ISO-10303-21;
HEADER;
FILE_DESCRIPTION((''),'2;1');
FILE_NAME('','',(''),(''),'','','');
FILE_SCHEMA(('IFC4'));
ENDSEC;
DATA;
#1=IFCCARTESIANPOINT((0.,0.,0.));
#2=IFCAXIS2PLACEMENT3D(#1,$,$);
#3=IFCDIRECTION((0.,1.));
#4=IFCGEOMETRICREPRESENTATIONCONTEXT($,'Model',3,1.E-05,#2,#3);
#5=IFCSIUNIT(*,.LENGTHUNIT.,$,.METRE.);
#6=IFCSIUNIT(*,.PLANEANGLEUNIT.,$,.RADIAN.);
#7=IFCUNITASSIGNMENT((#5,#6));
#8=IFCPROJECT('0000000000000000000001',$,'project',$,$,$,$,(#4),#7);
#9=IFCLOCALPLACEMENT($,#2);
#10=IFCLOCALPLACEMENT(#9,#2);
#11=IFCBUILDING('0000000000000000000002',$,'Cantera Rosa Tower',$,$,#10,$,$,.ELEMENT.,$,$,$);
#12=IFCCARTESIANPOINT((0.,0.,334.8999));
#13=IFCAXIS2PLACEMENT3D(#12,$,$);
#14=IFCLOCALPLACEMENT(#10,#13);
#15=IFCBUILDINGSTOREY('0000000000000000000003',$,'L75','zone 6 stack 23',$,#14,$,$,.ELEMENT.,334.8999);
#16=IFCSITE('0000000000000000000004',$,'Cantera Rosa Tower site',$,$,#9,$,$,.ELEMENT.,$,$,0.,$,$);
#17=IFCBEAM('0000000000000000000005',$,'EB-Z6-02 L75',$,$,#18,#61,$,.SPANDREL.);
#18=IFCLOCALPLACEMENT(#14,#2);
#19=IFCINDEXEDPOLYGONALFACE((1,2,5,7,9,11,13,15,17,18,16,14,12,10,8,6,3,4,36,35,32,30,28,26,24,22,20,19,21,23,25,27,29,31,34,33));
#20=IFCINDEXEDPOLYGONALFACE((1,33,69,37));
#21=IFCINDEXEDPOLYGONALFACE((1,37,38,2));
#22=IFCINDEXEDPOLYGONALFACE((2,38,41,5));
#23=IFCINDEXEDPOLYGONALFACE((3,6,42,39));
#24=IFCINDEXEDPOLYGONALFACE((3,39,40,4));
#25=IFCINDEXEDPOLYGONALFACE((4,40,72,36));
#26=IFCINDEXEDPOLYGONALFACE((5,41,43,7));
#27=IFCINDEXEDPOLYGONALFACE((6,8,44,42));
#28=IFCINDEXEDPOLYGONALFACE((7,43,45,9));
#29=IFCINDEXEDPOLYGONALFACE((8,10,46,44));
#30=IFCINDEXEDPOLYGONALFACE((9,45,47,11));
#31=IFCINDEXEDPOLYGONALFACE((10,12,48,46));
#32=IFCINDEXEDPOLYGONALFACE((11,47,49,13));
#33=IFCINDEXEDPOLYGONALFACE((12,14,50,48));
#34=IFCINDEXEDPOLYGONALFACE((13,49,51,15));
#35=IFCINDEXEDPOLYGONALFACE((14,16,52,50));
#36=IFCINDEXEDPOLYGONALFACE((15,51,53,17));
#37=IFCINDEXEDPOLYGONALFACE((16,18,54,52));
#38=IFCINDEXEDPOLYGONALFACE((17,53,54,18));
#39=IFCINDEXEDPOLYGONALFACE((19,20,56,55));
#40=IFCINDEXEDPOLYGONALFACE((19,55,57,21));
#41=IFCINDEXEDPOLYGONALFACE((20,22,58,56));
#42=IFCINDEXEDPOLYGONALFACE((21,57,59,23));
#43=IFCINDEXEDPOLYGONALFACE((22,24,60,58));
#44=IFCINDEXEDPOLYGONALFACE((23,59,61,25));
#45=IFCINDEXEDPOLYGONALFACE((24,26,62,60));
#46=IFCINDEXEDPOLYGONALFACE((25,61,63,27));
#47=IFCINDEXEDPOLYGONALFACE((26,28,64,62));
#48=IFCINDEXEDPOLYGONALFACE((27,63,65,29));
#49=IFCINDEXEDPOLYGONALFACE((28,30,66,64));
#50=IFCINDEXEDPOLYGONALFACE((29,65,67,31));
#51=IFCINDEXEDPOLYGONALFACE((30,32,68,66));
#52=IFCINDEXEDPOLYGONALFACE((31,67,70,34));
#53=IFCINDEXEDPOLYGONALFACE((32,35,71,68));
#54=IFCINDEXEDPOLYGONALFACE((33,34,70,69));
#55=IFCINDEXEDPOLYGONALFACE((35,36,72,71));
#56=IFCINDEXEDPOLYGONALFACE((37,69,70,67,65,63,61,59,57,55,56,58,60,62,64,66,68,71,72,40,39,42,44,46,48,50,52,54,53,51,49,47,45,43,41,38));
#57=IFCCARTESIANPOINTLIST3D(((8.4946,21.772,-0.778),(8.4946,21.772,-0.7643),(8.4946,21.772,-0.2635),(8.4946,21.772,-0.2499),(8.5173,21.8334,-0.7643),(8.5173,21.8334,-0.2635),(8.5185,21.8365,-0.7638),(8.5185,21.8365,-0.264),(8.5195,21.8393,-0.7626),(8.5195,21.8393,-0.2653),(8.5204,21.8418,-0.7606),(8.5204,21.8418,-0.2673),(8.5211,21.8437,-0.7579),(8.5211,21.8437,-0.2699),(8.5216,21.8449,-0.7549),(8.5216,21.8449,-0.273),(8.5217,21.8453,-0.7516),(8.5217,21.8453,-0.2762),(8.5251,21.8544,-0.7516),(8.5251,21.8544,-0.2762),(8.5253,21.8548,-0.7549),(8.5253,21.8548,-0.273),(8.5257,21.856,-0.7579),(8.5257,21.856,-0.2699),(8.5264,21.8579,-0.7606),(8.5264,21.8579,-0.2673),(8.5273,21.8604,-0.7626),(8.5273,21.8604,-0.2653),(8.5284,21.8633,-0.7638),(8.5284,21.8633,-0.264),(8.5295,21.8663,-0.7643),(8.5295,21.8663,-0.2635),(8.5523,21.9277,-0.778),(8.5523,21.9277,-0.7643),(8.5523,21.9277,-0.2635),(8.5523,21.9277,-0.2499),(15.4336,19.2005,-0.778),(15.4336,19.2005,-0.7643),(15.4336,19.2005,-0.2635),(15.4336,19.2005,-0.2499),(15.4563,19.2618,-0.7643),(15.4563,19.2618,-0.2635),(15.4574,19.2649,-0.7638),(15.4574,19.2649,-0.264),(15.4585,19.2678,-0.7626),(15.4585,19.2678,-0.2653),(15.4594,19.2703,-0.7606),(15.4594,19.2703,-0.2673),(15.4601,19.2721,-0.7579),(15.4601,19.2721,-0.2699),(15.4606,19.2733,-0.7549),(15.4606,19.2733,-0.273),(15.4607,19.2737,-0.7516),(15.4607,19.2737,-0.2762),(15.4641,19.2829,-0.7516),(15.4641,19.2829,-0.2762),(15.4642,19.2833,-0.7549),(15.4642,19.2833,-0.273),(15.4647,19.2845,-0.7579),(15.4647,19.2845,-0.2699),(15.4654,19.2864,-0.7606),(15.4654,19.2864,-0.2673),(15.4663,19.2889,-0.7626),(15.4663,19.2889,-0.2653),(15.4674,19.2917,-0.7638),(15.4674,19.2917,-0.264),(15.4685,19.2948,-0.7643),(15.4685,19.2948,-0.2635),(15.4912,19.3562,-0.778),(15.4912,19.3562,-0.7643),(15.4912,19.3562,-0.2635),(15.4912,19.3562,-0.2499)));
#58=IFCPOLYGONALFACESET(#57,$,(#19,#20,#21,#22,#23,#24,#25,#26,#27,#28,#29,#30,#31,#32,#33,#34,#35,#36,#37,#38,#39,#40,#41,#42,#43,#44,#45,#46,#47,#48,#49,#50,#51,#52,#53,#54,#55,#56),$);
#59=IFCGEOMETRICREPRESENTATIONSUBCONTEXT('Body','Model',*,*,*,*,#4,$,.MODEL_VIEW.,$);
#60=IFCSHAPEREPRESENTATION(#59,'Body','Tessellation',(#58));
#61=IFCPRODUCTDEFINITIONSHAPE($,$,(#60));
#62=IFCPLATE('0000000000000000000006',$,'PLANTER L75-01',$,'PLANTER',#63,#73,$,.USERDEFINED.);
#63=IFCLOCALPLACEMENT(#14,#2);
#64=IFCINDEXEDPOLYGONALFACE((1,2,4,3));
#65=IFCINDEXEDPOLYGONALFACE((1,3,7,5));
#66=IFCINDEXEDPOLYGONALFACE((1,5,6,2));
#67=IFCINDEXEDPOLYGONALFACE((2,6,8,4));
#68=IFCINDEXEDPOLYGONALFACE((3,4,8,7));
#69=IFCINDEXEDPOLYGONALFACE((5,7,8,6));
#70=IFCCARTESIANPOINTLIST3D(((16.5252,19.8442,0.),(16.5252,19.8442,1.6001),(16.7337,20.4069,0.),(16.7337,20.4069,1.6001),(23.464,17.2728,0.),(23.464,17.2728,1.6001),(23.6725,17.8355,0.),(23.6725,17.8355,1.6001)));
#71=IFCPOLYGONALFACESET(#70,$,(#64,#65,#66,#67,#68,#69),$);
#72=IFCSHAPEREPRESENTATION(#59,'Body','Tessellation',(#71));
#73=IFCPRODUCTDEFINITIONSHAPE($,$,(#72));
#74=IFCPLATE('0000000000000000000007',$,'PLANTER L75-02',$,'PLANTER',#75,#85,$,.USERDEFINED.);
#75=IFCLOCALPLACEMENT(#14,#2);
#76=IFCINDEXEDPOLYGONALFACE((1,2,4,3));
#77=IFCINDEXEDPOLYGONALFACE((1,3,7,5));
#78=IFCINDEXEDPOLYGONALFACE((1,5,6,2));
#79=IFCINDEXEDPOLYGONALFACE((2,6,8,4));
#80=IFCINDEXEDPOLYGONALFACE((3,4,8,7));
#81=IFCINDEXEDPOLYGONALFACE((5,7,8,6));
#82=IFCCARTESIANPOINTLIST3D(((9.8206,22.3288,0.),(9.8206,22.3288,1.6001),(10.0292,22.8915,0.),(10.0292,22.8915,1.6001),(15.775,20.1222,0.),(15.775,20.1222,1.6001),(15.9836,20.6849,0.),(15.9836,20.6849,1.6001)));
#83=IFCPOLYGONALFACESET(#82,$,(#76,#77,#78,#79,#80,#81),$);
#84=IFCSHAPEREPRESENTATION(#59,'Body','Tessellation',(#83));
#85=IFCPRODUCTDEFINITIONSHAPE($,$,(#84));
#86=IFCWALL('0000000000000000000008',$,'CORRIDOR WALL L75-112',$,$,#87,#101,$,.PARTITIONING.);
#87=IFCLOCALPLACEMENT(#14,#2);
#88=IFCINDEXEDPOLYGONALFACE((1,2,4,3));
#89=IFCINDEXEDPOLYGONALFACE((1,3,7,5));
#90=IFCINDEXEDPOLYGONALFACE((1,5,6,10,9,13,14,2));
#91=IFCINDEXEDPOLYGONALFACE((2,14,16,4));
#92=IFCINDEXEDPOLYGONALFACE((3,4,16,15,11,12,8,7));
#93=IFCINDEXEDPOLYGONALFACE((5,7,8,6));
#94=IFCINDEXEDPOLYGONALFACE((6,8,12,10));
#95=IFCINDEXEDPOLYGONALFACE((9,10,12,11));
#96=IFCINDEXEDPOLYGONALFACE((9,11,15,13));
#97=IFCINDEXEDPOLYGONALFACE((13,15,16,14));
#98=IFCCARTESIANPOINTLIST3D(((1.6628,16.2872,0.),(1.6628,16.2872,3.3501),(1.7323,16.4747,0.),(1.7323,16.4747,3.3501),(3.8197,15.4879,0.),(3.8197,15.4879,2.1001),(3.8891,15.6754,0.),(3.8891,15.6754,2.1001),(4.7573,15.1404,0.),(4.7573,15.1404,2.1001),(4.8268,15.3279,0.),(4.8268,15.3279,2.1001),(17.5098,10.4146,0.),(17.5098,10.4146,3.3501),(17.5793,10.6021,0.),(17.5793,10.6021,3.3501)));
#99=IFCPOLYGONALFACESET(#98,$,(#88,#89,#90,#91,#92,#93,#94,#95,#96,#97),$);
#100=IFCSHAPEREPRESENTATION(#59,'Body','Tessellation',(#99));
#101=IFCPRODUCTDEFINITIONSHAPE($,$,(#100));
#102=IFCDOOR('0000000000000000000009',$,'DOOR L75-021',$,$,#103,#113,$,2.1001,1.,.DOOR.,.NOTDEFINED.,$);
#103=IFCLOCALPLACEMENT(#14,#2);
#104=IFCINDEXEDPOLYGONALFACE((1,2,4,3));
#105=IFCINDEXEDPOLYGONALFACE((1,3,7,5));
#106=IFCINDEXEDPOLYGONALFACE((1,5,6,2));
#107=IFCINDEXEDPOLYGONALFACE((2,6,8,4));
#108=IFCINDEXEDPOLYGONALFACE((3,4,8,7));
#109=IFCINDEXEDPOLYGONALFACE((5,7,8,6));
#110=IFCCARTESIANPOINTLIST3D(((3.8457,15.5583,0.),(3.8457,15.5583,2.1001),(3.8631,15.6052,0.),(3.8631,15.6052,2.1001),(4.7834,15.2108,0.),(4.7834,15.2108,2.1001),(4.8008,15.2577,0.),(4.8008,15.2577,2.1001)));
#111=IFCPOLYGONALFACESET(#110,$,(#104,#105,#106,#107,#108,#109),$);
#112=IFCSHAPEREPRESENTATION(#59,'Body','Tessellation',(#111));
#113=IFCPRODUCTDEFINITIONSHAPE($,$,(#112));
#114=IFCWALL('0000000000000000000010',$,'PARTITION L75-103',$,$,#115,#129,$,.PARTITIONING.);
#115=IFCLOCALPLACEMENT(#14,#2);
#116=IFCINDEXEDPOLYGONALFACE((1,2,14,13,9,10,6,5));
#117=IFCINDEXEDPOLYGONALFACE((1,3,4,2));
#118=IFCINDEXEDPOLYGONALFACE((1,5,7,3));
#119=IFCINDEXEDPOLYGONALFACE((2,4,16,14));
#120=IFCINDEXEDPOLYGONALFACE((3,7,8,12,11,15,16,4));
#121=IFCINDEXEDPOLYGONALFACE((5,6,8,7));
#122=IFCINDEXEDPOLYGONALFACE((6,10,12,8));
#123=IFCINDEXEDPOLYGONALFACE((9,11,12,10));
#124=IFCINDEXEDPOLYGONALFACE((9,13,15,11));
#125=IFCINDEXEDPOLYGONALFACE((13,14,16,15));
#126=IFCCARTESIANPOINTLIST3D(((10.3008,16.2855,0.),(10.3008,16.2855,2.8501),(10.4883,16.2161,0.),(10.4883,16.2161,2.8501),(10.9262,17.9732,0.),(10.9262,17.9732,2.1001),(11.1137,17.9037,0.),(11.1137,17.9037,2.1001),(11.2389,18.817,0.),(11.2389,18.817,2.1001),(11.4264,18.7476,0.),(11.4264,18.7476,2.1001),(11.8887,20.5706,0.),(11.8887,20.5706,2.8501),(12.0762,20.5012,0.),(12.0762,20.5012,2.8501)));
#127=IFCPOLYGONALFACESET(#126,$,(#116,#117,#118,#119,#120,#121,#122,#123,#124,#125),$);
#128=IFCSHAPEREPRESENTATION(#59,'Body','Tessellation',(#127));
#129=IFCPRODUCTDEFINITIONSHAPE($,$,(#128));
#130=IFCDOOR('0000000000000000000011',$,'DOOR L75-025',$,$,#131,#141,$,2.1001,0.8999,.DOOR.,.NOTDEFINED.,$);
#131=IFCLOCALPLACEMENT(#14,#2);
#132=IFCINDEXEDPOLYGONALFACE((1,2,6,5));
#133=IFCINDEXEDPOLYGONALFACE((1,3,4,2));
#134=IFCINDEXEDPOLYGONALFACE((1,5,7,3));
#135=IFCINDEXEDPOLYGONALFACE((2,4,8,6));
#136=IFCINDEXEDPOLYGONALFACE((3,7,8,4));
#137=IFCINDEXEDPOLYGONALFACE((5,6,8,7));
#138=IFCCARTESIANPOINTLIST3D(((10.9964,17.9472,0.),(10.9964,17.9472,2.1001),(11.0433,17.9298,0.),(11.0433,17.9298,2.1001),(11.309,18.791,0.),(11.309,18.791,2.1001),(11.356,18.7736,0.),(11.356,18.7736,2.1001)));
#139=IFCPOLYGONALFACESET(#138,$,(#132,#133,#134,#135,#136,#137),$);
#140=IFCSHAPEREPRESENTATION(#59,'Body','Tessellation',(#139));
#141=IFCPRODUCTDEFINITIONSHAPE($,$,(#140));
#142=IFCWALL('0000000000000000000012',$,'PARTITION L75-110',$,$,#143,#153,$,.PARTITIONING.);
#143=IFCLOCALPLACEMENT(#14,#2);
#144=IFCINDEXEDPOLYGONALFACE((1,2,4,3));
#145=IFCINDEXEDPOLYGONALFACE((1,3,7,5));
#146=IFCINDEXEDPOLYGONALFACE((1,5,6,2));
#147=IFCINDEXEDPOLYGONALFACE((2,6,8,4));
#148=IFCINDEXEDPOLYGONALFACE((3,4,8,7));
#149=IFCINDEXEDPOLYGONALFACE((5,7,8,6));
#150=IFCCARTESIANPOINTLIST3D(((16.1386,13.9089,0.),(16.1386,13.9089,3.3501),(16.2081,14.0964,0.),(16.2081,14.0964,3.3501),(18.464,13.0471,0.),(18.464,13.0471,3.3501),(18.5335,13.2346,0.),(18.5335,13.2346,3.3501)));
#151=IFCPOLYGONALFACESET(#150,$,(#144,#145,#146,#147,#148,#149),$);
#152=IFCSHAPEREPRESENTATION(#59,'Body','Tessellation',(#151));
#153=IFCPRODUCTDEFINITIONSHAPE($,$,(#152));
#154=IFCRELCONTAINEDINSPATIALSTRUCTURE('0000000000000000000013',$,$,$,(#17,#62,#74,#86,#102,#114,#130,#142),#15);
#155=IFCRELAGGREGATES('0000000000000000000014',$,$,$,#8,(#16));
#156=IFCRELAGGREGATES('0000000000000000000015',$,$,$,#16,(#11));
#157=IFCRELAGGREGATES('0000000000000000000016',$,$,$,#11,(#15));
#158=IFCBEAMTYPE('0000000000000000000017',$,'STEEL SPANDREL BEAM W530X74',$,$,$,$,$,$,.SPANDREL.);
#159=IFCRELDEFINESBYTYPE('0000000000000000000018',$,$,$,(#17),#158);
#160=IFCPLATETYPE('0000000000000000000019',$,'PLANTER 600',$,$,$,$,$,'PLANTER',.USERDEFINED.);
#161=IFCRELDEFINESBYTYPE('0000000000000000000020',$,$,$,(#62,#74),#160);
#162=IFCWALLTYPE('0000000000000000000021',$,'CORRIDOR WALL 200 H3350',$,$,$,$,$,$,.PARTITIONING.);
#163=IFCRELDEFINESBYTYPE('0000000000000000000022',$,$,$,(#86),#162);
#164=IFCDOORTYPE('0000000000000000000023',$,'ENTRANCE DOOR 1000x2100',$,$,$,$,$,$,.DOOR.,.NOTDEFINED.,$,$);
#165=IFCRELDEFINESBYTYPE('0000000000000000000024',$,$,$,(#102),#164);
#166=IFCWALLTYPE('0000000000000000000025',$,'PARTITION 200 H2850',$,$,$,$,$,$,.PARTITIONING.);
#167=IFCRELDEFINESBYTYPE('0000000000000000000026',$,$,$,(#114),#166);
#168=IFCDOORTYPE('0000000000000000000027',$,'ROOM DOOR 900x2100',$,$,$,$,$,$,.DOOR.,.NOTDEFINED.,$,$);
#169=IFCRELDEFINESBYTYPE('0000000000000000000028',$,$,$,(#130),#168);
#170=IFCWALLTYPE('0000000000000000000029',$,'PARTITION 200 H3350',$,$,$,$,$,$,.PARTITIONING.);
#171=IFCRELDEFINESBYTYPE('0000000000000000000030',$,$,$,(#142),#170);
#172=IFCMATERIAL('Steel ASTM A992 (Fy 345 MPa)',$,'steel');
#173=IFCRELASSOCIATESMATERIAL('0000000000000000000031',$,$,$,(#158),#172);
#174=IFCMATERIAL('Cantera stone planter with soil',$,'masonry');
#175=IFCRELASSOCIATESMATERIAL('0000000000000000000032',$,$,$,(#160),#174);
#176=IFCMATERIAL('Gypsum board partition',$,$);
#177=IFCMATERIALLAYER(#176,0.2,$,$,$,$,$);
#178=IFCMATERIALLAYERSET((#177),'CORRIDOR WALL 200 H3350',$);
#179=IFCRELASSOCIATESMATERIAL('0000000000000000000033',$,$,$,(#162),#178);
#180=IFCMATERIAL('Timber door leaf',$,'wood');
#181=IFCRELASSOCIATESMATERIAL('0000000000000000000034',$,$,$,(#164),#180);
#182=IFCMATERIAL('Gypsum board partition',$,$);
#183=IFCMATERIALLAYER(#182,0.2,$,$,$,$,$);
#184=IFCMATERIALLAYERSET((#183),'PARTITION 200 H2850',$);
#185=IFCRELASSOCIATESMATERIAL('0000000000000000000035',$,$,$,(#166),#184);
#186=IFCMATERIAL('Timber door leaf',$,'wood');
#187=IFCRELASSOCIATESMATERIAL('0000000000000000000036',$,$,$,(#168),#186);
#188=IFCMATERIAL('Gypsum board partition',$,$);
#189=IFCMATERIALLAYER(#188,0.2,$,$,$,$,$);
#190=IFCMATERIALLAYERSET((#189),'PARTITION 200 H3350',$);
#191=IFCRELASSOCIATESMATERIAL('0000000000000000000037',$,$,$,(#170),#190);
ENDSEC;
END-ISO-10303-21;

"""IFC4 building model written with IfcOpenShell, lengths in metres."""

from ifc_helpers import new_model, si_unit, direction, frame, frame_2d, origin, origin_2d, place, context, subcontext, project, spatial, rectangle, i_section, extrude, material, layer, layer_set, material_profile, profile_set, type_object, element, fill, save


model = new_model("IFC4")

# Units and contexts
model_context = context("Model", 3, precision=1e-05, world=origin(), true_north=direction((0.0, 1.0)))
body_context = subcontext(model_context, "Body", "Model", "MODEL_VIEW")
ifc_project = project(units=[si_unit("LENGTHUNIT", "METRE"), si_unit("PLANEANGLEUNIT", "RADIAN")], contexts=[model_context])

# Site, building, storey
site_placement = place(None, origin())
site = spatial("IfcSite", under=ifc_project, at=site_placement, Name="Cantera Rosa Tower site", CompositionType="ELEMENT", RefElevation=0.0)
building_placement = place(site_placement, origin())
building = spatial("IfcBuilding", under=site, at=building_placement, Name="Cantera Rosa Tower", CompositionType="ELEMENT")
storey_placement = place(building_placement, frame((0.0, 0.0, 334.8999)))
storey = spatial("IfcBuildingStorey", under=building, at=storey_placement, Name="L75", Description="zone 6 stack 23", CompositionType="ELEMENT", Elevation=334.8999)

# Beam
ifc_material_1 = material(Name="Steel ASTM A992 (Fy 345 MPa)", Category="steel")
ifc_material_profile_1 = material_profile(ifc_material_1, i_section(OverallWidth=0.166, OverallDepth=0.5281, WebThickness=0.0098, FlangeThickness=0.0137, FilletRadius=0.0127, at=origin_2d()), Name="W530X74")
ifc_profile_set_1 = profile_set([ifc_material_profile_1], Name="Steel ASTM A992 (Fy 345 MPa)")
beam_type_1 = type_object("IfcBeamType", Name="STEEL SPANDREL BEAM W530X74", PredefinedType="SPANDREL", material=ifc_profile_set_1)
beam_1_placement = place(storey_placement, frame((15.4624, 19.2783, -0.5139), z_axis=(-0.937681, 0.347498, 0.0), x_axis=(-0.347498, -0.937681, 0.0)))
element("IfcBeam", 1, at=beam_1_placement, inside=storey, type_object=beam_type_1, Name="EB-Z6-02 L75", PredefinedType="SPANDREL", context=body_context, shape_type="SweptSolid", body=[
    extrude(i_section(OverallWidth=0.166, OverallDepth=0.5281, WebThickness=0.0098, FlangeThickness=0.0137, FilletRadius=0.0127, at=origin_2d()), origin(), (0.0, 0.0, 1.0), 7.4001),
])

# Plates
ifc_material_2 = material(Name="Cantera stone planter with soil", Category="masonry")
plate_type = type_object("IfcPlateType", Name="PLANTER 600", ElementType="PLANTER", PredefinedType="USERDEFINED", material=ifc_material_2)
plate_1_placement = place(storey_placement, frame((20.0989, 18.8398, 0.0), z_axis=(0.0, 0.0, 1.0), x_axis=(-0.937687, 0.347481, 0.0)))
element("IfcPlate", 2, at=plate_1_placement, inside=storey, type_object=plate_type, Name="PLANTER L75-01", ObjectType="PLANTER", PredefinedType="USERDEFINED", context=body_context, shape_type="SweptSolid", body=[
    extrude(rectangle(XDim=7.3999, YDim=0.6001, at=origin_2d()), origin(), (0.0, 0.0, 1.0), 1.6001),
])
plate_2_placement = place(storey_placement, frame((12.9021, 21.5068, 0.0), z_axis=(0.0, 0.0, 1.0), x_axis=(-0.937687, 0.347481, 0.0)))
element("IfcPlate", 3, at=plate_2_placement, inside=storey, type_object=plate_type, Name="PLANTER L75-02", ObjectType="PLANTER", PredefinedType="USERDEFINED", context=body_context, shape_type="SweptSolid", body=[
    extrude(rectangle(XDim=6.3501, YDim=0.6001, at=origin_2d()), origin(), (0.0, 0.0, 1.0), 1.6001),
])

# Wall, opening, door
ifc_material_3 = material(Name="Gypsum board partition")
ifc_layer_1 = layer(ifc_material_3, 0.2)
ifc_layer_set_1 = layer_set([ifc_layer_1], Name="CORRIDOR WALL 200 H3350")
wall_type_1 = type_object("IfcWallType", Name="CORRIDOR WALL 200 H3350", PredefinedType="PARTITIONING", material=ifc_layer_set_1)
wall_1_placement = place(storey_placement, frame((17.5447, 10.5083, 0.0), z_axis=(0.0, 0.0, 1.0), x_axis=(-0.937685, 0.347487, 0.0)))
wall_1 = element("IfcWall", 4, at=wall_1_placement, inside=storey, type_object=wall_type_1, Name="CORRIDOR WALL L75-112", PredefinedType="PARTITIONING", context=body_context, shape_type="SweptSolid", body=[
    extrude(rectangle(XDim=16.9001, YDim=0.2, at=frame_2d((8.4502, 0.0))), origin(), (0.0, 0.0, 1.0), 3.3501),
])
opening_1_placement = place(wall_1_placement, frame((13.6001, 0.0, 0.0)))
opening_1 = element("IfcOpeningElement", 5, at=opening_1_placement, cuts=wall_1, PredefinedType="OPENING", context=body_context, shape_type="SweptSolid", body=[
    extrude(rectangle(XDim=1.0, YDim=2.1001, at=frame_2d((0.5, 1.05))), frame((0.0, 0.1099, 0.0), z_axis=(0.0, -1.0, 0.0), x_axis=(1.0, 0.0, 0.0)), (0.0, 0.0, 1.0), 0.22),
])
ifc_material_4 = material(Name="Timber door leaf", Category="wood")
door_type_1 = type_object("IfcDoorType", Name="ENTRANCE DOOR 1000x2100", OperationType="NOTDEFINED", PredefinedType="DOOR", material=ifc_material_4)
door_1_placement = place(opening_1_placement, origin())
door_1 = element("IfcDoor", 6, at=door_1_placement, inside=storey, type_object=door_type_1, Name="DOOR L75-021", OperationType="NOTDEFINED", OverallHeight=2.1001, OverallWidth=1.0, PredefinedType="DOOR", context=body_context, shape_type="SweptSolid", body=[
    extrude(rectangle(XDim=1.0, YDim=2.1001, at=frame_2d((0.5, 1.05))), frame((0.0, 0.0249, 0.0), z_axis=(0.0, -1.0, 0.0), x_axis=(1.0, 0.0, 0.0)), (0.0, 0.0, 1.0), 0.05),
])
fill(opening_1, door_1)

# Wall, opening, door
ifc_material_5 = material(Name="Gypsum board partition")
ifc_layer_2 = layer(ifc_material_5, 0.2)
ifc_layer_set_2 = layer_set([ifc_layer_2], Name="PARTITION 200 H2850")
wall_type_2 = type_object("IfcWallType", Name="PARTITION 200 H2850", PredefinedType="PARTITIONING", material=ifc_layer_set_2)
wall_2_placement = place(storey_placement, frame((11.9824, 20.5359, 0.0), z_axis=(0.0, 0.0, 1.0), x_axis=(-0.347467, -0.937692, 0.0)))
wall_2 = element("IfcWall", 7, at=wall_2_placement, inside=storey, type_object=wall_type_2, Name="PARTITION L75-103", PredefinedType="PARTITIONING", context=body_context, shape_type="SweptSolid", body=[
    extrude(rectangle(XDim=4.5698, YDim=0.2, at=frame_2d((2.2849, 0.0))), origin(), (0.0, 0.0, 1.0), 2.8501),
])
opening_2_placement = place(wall_2_placement, frame((1.8701, 0.0, 0.0)))
opening_2 = element("IfcOpeningElement", 8, at=opening_2_placement, cuts=wall_2, PredefinedType="OPENING", context=body_context, shape_type="SweptSolid", body=[
    extrude(rectangle(XDim=0.8999, YDim=2.1001, at=frame_2d((0.45, 1.05))), frame((0.0, 0.1099, 0.0), z_axis=(0.0, -1.0, 0.0), x_axis=(1.0, 0.0, 0.0)), (0.0, 0.0, 1.0), 0.22),
])
ifc_material_6 = material(Name="Timber door leaf", Category="wood")
door_type_2 = type_object("IfcDoorType", Name="ROOM DOOR 900x2100", OperationType="NOTDEFINED", PredefinedType="DOOR", material=ifc_material_6)
door_2_placement = place(opening_2_placement, origin())
door_2 = element("IfcDoor", 9, at=door_2_placement, inside=storey, type_object=door_type_2, Name="DOOR L75-025", OperationType="NOTDEFINED", OverallHeight=2.1001, OverallWidth=0.8999, PredefinedType="DOOR", context=body_context, shape_type="SweptSolid", body=[
    extrude(rectangle(XDim=0.8999, YDim=2.1001, at=frame_2d((0.45, 1.05))), frame((0.0, 0.0249, 0.0), z_axis=(0.0, -1.0, 0.0), x_axis=(1.0, 0.0, 0.0)), (0.0, 0.0, 1.0), 0.05),
])
fill(opening_2, door_2)

# Wall
ifc_material_7 = material(Name="Gypsum board partition")
ifc_layer_3 = layer(ifc_material_7, 0.2)
ifc_layer_set_3 = layer_set([ifc_layer_3], Name="PARTITION 200 H3350")
wall_type_3 = type_object("IfcWallType", Name="PARTITION 200 H3350", PredefinedType="PARTITIONING", material=ifc_layer_set_3)
wall_3_placement = place(storey_placement, frame((16.1733, 14.0027, 0.0), z_axis=(0.0, 0.0, 1.0), x_axis=(0.937677, -0.347507, 0.0)))
element("IfcWall", 10, at=wall_3_placement, inside=storey, type_object=wall_type_3, Name="PARTITION L75-110", PredefinedType="PARTITIONING", context=body_context, shape_type="SweptSolid", body=[
    extrude(rectangle(XDim=2.48, YDim=0.2, at=frame_2d((1.24, 0.0))), origin(), (0.0, 0.0, 1.0), 3.3501),
])

save(model, "model.ifc")
